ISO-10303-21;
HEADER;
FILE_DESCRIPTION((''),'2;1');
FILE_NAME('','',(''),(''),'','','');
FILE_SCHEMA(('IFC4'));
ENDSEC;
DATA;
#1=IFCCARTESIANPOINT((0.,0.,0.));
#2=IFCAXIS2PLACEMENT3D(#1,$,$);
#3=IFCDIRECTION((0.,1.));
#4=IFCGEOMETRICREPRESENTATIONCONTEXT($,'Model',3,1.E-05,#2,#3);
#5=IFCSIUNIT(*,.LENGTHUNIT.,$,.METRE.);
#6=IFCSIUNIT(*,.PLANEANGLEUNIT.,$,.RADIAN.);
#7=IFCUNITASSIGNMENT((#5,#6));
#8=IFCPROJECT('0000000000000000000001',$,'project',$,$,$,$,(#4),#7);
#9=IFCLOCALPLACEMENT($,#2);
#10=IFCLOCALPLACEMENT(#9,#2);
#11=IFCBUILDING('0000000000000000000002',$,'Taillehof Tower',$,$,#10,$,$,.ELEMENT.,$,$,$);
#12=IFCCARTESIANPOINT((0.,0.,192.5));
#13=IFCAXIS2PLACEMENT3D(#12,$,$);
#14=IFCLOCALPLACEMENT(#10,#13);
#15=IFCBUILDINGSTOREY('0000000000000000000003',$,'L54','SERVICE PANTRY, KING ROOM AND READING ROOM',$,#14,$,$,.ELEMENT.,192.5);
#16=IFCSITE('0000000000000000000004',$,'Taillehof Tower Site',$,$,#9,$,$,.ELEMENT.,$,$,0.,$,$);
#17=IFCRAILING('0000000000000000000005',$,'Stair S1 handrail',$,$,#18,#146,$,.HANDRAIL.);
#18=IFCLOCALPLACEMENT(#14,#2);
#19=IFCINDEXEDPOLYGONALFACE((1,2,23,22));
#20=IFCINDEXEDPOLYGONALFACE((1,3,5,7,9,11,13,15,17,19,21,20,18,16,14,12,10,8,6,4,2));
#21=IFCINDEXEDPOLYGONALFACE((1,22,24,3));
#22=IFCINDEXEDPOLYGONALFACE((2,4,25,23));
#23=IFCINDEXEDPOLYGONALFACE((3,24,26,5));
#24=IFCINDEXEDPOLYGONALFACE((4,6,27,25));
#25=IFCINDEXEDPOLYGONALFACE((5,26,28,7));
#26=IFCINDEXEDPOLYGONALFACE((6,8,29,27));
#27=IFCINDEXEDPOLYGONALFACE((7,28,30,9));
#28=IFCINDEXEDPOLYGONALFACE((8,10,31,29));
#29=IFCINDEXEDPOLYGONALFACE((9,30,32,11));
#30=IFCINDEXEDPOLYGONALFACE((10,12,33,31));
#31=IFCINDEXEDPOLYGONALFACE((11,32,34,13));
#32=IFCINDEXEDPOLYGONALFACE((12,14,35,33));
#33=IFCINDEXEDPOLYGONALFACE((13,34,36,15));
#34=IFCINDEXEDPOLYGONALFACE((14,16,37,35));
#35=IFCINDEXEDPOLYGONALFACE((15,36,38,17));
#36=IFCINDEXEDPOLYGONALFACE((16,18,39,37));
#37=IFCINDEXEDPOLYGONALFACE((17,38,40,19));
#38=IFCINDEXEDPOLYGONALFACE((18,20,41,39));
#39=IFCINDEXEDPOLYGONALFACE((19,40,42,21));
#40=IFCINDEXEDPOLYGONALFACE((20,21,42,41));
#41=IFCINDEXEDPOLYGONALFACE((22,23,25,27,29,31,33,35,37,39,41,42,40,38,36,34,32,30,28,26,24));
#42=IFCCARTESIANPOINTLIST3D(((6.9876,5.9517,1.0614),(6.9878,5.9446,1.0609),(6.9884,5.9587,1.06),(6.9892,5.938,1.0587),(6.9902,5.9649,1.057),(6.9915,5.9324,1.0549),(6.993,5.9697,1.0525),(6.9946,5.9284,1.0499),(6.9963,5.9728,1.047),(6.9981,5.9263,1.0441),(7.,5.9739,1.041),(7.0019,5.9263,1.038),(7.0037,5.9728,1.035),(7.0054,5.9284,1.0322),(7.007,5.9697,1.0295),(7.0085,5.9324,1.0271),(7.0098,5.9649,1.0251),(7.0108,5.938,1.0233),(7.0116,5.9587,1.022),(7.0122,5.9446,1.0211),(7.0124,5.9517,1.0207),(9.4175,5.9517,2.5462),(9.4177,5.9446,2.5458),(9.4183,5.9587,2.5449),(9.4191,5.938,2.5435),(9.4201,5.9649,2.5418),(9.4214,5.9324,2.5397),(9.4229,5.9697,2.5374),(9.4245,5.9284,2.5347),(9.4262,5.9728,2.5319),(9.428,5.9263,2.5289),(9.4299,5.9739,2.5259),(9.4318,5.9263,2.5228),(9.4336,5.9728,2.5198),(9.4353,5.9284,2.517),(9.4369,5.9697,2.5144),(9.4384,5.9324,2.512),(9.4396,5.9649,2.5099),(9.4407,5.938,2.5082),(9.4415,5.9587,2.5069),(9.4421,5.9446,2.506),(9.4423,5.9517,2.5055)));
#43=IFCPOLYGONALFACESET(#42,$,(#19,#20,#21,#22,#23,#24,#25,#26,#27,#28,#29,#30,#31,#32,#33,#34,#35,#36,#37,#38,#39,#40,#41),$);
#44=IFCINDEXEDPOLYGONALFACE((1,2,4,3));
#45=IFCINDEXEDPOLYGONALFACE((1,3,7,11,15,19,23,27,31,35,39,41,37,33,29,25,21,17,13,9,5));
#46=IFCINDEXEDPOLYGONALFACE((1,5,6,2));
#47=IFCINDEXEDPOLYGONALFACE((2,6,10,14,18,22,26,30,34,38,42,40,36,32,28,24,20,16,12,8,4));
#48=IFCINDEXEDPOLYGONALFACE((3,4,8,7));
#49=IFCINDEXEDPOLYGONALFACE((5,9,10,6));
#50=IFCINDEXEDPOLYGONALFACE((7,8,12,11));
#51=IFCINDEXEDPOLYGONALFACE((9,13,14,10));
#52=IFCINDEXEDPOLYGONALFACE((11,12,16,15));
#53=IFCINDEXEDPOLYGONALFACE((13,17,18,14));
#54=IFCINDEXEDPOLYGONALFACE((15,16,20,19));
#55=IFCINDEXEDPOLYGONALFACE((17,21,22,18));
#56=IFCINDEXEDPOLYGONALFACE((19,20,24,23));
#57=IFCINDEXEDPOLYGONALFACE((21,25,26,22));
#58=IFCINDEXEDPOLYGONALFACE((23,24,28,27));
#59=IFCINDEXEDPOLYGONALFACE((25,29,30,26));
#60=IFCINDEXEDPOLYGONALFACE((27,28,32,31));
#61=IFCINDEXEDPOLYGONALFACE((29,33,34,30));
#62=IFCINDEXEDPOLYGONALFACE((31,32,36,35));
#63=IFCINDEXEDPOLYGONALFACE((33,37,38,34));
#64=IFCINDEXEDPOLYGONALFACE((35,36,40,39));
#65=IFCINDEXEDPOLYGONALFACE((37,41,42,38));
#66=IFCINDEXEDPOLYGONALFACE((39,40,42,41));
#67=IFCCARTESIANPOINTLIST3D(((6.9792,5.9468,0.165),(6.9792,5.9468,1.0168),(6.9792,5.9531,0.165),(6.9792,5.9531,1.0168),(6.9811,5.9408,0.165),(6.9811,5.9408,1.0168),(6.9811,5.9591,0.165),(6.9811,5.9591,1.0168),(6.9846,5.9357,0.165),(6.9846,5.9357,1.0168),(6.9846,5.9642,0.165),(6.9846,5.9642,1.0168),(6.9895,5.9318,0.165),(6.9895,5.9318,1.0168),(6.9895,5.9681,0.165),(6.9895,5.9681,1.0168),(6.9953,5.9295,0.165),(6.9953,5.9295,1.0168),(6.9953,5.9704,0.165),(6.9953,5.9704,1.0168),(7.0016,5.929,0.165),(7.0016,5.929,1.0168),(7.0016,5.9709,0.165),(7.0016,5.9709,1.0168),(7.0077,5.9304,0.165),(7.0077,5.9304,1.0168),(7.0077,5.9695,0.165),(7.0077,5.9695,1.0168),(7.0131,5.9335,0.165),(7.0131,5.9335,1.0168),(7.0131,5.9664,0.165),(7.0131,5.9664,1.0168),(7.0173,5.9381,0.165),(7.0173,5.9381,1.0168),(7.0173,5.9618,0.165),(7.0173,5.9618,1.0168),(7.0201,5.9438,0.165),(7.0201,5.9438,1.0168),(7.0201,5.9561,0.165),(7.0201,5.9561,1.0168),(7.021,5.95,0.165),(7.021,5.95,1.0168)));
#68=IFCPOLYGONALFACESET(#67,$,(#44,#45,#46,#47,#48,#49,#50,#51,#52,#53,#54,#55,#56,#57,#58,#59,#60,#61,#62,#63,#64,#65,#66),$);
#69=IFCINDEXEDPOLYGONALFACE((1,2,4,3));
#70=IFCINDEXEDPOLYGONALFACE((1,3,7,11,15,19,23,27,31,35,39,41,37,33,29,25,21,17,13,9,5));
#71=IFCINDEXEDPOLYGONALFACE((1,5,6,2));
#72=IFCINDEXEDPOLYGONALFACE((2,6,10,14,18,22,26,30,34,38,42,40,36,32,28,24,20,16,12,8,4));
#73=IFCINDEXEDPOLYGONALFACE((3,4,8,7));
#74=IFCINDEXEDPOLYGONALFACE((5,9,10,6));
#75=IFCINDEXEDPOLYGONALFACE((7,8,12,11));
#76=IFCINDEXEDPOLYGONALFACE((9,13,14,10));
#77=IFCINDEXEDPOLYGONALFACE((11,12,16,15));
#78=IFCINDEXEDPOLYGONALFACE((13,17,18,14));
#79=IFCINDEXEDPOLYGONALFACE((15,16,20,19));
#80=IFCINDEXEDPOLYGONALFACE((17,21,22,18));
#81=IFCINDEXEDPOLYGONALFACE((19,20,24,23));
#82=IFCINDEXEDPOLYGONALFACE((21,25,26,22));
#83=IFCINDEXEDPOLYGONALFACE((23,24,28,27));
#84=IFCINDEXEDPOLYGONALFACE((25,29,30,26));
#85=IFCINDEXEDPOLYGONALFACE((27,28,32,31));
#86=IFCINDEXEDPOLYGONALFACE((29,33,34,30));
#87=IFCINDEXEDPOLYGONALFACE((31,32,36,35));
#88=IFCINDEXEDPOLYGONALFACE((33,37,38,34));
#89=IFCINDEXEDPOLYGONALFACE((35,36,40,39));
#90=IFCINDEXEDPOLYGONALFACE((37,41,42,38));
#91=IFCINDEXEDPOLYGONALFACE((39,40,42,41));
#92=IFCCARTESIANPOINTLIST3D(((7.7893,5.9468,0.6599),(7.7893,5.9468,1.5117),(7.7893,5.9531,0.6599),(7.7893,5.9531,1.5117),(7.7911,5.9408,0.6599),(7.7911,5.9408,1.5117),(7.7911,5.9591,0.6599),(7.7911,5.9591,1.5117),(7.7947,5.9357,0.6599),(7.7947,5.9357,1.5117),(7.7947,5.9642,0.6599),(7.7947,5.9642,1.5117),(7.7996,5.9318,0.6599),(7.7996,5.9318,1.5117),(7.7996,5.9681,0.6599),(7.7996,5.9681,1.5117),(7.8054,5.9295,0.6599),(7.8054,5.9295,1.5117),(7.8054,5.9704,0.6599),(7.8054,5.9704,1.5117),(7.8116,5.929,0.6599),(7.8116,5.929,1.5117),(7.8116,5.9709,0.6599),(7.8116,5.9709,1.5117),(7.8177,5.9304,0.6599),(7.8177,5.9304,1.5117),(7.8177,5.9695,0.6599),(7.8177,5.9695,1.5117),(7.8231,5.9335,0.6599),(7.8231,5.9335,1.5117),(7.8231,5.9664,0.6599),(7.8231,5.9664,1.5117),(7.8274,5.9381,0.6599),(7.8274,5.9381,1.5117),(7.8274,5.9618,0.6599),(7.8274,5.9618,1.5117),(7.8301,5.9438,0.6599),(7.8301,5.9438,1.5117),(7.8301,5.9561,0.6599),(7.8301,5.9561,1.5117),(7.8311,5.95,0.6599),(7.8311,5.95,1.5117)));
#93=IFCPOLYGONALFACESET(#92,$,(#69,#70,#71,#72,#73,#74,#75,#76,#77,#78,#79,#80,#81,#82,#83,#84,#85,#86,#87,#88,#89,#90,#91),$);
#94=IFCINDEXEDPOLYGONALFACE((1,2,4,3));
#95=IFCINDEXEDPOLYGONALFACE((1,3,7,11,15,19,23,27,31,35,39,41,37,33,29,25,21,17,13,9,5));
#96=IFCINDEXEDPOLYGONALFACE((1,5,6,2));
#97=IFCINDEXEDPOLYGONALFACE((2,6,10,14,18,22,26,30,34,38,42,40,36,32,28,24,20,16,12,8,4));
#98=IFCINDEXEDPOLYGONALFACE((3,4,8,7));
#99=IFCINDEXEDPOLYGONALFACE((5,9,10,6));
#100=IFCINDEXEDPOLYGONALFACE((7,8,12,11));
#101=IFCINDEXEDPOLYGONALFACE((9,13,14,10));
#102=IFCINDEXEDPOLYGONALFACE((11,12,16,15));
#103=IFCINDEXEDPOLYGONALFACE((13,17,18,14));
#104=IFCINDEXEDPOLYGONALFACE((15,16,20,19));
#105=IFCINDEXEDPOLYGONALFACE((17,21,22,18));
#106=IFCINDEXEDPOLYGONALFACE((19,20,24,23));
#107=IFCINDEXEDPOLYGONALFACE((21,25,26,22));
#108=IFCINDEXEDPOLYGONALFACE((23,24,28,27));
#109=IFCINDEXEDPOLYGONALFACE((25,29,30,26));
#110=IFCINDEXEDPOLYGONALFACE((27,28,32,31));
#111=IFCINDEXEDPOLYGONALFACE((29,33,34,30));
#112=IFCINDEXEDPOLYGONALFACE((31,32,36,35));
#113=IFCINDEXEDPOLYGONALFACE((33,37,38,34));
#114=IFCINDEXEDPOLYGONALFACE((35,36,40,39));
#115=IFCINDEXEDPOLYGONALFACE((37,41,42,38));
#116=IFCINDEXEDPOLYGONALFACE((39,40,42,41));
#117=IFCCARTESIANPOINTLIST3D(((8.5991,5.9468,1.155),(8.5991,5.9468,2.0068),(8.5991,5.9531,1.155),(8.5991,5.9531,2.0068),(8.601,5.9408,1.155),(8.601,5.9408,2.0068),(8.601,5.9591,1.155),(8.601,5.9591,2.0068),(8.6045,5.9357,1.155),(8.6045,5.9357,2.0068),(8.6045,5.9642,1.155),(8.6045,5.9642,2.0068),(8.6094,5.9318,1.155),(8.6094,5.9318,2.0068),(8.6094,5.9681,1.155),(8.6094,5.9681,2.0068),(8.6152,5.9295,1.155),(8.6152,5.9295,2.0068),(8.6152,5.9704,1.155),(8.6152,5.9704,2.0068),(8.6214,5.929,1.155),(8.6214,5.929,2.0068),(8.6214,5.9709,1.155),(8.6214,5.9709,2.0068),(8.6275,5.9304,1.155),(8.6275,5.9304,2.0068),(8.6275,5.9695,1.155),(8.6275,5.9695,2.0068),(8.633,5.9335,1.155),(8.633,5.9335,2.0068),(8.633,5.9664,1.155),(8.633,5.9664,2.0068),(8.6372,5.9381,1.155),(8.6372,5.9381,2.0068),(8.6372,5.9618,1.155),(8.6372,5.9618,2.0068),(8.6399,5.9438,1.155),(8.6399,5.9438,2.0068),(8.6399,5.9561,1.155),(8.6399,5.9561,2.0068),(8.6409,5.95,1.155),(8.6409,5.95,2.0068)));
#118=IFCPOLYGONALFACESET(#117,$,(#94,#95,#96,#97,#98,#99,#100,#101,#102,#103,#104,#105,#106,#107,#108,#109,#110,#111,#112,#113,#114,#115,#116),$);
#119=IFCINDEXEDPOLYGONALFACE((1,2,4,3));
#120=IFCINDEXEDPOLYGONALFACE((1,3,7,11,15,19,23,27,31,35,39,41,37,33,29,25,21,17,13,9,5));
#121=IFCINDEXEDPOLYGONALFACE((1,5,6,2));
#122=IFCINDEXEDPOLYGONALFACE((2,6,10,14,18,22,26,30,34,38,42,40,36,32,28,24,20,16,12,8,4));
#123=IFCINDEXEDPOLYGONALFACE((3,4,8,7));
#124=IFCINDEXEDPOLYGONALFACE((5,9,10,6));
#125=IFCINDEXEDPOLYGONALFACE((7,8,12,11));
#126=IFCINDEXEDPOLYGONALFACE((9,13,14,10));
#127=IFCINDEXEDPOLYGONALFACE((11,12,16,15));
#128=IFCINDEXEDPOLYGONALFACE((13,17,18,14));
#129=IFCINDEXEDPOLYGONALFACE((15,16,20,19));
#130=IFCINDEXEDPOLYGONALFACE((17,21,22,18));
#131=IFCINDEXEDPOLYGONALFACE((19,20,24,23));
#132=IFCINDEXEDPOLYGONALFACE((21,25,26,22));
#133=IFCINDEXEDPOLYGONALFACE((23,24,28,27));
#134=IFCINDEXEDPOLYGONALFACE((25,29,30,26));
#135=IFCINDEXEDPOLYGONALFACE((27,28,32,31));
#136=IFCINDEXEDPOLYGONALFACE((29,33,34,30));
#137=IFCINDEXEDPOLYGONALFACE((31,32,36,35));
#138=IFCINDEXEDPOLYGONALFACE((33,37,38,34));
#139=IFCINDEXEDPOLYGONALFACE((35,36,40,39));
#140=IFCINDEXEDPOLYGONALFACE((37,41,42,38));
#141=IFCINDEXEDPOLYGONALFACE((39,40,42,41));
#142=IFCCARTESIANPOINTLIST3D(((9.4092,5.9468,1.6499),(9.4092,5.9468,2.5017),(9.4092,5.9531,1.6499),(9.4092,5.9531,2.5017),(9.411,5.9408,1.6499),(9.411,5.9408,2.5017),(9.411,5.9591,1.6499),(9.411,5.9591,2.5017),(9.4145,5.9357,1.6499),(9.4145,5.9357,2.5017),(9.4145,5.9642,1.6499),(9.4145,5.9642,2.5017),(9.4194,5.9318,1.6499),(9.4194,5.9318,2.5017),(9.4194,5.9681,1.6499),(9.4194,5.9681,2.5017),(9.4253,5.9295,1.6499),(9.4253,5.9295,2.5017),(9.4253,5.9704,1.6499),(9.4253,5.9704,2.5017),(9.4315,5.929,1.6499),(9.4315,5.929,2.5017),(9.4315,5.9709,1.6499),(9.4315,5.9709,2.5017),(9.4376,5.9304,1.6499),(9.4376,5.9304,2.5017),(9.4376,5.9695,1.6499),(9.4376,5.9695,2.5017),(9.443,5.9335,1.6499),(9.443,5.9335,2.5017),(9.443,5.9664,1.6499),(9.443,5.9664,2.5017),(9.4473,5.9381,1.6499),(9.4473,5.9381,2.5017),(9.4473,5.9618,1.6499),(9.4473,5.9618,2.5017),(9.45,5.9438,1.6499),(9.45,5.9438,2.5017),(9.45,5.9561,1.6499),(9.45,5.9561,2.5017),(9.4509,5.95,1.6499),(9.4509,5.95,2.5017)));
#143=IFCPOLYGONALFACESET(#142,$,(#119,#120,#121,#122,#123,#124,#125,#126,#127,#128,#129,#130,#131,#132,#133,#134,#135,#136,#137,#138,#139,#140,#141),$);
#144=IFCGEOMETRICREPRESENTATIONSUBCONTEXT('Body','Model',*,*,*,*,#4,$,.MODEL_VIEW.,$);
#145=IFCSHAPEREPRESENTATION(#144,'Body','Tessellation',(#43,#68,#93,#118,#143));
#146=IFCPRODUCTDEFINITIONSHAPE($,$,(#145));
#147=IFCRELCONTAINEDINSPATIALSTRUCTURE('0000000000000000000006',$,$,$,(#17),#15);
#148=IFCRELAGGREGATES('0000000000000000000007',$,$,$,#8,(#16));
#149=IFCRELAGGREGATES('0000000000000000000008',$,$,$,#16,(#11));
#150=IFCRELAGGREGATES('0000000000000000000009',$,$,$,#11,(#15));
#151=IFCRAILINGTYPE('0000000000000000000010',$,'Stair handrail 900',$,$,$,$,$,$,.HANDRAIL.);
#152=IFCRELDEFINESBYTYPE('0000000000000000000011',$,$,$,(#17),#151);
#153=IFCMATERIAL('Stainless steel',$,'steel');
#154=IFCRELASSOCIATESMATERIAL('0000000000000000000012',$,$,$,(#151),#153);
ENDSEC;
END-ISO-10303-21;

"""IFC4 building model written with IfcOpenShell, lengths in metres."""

from ifc_helpers import new_model, si_unit, direction, frame, origin, origin_2d, place, context, subcontext, project, spatial, circle, extrude, material, type_object, element, save


model = new_model("IFC4")

# Units and contexts
model_context = context("Model", 3, precision=1e-05, world=origin(), true_north=direction((0.0, 1.0)))
body_context = subcontext(model_context, "Body", "Model", "MODEL_VIEW")
ifc_project = project(units=[si_unit("LENGTHUNIT", "METRE"), si_unit("PLANEANGLEUNIT", "RADIAN")], contexts=[model_context])

# Site, building, storey
site_placement = place(None, origin())
site = spatial("IfcSite", under=ifc_project, at=site_placement, Name="Taillehof Tower Site", CompositionType="ELEMENT", RefElevation=0.0)
building_placement = place(site_placement, origin())
building = spatial("IfcBuilding", under=site, at=building_placement, Name="Taillehof Tower", CompositionType="ELEMENT")
storey_placement = place(building_placement, frame((0.0, 0.0, 192.5)))
storey = spatial("IfcBuildingStorey", under=building, at=storey_placement, Name="L54", Description="SERVICE PANTRY, KING ROOM AND READING ROOM", CompositionType="ELEMENT", Elevation=192.5)

# Railing
ifc_material_1 = material(Name="Stainless steel", Category="steel")
railing_type = type_object("IfcRailingType", Name="Stair handrail 900", PredefinedType="HANDRAIL", material=ifc_material_1)
railing_1_placement = place(storey_placement, frame((7.0, 5.95, 0.165)))
element("IfcRailing", 1, at=railing_1_placement, inside=storey, type_object=railing_type, Name="Stair S1 handrail", PredefinedType="HANDRAIL", context=body_context, shape_type="SweptSolid", body=[
    extrude(circle(Radius=0.0239, at=origin_2d()), frame((0.0, 0.0, 0.876), z_axis=(0.853297, 0.0, 0.521426), x_axis=(0.0, 1.0, 0.0)), (0.0, 0.0, 1.0), 2.8477),
    extrude(circle(Radius=0.021, at=origin_2d()), origin(), (0.0, 0.0, 1.0), 0.8518),
    extrude(circle(Radius=0.021, at=origin_2d()), frame((0.8101, 0.0, 0.4949)), (0.0, 0.0, 1.0), 0.8518),
    extrude(circle(Radius=0.021, at=origin_2d()), frame((1.6199, 0.0, 0.99)), (0.0, 0.0, 1.0), 0.8518),
    extrude(circle(Radius=0.021, at=origin_2d()), frame((2.4299, 0.0, 1.4849)), (0.0, 0.0, 1.0), 0.8518),
])

save(model, "model.ifc")
